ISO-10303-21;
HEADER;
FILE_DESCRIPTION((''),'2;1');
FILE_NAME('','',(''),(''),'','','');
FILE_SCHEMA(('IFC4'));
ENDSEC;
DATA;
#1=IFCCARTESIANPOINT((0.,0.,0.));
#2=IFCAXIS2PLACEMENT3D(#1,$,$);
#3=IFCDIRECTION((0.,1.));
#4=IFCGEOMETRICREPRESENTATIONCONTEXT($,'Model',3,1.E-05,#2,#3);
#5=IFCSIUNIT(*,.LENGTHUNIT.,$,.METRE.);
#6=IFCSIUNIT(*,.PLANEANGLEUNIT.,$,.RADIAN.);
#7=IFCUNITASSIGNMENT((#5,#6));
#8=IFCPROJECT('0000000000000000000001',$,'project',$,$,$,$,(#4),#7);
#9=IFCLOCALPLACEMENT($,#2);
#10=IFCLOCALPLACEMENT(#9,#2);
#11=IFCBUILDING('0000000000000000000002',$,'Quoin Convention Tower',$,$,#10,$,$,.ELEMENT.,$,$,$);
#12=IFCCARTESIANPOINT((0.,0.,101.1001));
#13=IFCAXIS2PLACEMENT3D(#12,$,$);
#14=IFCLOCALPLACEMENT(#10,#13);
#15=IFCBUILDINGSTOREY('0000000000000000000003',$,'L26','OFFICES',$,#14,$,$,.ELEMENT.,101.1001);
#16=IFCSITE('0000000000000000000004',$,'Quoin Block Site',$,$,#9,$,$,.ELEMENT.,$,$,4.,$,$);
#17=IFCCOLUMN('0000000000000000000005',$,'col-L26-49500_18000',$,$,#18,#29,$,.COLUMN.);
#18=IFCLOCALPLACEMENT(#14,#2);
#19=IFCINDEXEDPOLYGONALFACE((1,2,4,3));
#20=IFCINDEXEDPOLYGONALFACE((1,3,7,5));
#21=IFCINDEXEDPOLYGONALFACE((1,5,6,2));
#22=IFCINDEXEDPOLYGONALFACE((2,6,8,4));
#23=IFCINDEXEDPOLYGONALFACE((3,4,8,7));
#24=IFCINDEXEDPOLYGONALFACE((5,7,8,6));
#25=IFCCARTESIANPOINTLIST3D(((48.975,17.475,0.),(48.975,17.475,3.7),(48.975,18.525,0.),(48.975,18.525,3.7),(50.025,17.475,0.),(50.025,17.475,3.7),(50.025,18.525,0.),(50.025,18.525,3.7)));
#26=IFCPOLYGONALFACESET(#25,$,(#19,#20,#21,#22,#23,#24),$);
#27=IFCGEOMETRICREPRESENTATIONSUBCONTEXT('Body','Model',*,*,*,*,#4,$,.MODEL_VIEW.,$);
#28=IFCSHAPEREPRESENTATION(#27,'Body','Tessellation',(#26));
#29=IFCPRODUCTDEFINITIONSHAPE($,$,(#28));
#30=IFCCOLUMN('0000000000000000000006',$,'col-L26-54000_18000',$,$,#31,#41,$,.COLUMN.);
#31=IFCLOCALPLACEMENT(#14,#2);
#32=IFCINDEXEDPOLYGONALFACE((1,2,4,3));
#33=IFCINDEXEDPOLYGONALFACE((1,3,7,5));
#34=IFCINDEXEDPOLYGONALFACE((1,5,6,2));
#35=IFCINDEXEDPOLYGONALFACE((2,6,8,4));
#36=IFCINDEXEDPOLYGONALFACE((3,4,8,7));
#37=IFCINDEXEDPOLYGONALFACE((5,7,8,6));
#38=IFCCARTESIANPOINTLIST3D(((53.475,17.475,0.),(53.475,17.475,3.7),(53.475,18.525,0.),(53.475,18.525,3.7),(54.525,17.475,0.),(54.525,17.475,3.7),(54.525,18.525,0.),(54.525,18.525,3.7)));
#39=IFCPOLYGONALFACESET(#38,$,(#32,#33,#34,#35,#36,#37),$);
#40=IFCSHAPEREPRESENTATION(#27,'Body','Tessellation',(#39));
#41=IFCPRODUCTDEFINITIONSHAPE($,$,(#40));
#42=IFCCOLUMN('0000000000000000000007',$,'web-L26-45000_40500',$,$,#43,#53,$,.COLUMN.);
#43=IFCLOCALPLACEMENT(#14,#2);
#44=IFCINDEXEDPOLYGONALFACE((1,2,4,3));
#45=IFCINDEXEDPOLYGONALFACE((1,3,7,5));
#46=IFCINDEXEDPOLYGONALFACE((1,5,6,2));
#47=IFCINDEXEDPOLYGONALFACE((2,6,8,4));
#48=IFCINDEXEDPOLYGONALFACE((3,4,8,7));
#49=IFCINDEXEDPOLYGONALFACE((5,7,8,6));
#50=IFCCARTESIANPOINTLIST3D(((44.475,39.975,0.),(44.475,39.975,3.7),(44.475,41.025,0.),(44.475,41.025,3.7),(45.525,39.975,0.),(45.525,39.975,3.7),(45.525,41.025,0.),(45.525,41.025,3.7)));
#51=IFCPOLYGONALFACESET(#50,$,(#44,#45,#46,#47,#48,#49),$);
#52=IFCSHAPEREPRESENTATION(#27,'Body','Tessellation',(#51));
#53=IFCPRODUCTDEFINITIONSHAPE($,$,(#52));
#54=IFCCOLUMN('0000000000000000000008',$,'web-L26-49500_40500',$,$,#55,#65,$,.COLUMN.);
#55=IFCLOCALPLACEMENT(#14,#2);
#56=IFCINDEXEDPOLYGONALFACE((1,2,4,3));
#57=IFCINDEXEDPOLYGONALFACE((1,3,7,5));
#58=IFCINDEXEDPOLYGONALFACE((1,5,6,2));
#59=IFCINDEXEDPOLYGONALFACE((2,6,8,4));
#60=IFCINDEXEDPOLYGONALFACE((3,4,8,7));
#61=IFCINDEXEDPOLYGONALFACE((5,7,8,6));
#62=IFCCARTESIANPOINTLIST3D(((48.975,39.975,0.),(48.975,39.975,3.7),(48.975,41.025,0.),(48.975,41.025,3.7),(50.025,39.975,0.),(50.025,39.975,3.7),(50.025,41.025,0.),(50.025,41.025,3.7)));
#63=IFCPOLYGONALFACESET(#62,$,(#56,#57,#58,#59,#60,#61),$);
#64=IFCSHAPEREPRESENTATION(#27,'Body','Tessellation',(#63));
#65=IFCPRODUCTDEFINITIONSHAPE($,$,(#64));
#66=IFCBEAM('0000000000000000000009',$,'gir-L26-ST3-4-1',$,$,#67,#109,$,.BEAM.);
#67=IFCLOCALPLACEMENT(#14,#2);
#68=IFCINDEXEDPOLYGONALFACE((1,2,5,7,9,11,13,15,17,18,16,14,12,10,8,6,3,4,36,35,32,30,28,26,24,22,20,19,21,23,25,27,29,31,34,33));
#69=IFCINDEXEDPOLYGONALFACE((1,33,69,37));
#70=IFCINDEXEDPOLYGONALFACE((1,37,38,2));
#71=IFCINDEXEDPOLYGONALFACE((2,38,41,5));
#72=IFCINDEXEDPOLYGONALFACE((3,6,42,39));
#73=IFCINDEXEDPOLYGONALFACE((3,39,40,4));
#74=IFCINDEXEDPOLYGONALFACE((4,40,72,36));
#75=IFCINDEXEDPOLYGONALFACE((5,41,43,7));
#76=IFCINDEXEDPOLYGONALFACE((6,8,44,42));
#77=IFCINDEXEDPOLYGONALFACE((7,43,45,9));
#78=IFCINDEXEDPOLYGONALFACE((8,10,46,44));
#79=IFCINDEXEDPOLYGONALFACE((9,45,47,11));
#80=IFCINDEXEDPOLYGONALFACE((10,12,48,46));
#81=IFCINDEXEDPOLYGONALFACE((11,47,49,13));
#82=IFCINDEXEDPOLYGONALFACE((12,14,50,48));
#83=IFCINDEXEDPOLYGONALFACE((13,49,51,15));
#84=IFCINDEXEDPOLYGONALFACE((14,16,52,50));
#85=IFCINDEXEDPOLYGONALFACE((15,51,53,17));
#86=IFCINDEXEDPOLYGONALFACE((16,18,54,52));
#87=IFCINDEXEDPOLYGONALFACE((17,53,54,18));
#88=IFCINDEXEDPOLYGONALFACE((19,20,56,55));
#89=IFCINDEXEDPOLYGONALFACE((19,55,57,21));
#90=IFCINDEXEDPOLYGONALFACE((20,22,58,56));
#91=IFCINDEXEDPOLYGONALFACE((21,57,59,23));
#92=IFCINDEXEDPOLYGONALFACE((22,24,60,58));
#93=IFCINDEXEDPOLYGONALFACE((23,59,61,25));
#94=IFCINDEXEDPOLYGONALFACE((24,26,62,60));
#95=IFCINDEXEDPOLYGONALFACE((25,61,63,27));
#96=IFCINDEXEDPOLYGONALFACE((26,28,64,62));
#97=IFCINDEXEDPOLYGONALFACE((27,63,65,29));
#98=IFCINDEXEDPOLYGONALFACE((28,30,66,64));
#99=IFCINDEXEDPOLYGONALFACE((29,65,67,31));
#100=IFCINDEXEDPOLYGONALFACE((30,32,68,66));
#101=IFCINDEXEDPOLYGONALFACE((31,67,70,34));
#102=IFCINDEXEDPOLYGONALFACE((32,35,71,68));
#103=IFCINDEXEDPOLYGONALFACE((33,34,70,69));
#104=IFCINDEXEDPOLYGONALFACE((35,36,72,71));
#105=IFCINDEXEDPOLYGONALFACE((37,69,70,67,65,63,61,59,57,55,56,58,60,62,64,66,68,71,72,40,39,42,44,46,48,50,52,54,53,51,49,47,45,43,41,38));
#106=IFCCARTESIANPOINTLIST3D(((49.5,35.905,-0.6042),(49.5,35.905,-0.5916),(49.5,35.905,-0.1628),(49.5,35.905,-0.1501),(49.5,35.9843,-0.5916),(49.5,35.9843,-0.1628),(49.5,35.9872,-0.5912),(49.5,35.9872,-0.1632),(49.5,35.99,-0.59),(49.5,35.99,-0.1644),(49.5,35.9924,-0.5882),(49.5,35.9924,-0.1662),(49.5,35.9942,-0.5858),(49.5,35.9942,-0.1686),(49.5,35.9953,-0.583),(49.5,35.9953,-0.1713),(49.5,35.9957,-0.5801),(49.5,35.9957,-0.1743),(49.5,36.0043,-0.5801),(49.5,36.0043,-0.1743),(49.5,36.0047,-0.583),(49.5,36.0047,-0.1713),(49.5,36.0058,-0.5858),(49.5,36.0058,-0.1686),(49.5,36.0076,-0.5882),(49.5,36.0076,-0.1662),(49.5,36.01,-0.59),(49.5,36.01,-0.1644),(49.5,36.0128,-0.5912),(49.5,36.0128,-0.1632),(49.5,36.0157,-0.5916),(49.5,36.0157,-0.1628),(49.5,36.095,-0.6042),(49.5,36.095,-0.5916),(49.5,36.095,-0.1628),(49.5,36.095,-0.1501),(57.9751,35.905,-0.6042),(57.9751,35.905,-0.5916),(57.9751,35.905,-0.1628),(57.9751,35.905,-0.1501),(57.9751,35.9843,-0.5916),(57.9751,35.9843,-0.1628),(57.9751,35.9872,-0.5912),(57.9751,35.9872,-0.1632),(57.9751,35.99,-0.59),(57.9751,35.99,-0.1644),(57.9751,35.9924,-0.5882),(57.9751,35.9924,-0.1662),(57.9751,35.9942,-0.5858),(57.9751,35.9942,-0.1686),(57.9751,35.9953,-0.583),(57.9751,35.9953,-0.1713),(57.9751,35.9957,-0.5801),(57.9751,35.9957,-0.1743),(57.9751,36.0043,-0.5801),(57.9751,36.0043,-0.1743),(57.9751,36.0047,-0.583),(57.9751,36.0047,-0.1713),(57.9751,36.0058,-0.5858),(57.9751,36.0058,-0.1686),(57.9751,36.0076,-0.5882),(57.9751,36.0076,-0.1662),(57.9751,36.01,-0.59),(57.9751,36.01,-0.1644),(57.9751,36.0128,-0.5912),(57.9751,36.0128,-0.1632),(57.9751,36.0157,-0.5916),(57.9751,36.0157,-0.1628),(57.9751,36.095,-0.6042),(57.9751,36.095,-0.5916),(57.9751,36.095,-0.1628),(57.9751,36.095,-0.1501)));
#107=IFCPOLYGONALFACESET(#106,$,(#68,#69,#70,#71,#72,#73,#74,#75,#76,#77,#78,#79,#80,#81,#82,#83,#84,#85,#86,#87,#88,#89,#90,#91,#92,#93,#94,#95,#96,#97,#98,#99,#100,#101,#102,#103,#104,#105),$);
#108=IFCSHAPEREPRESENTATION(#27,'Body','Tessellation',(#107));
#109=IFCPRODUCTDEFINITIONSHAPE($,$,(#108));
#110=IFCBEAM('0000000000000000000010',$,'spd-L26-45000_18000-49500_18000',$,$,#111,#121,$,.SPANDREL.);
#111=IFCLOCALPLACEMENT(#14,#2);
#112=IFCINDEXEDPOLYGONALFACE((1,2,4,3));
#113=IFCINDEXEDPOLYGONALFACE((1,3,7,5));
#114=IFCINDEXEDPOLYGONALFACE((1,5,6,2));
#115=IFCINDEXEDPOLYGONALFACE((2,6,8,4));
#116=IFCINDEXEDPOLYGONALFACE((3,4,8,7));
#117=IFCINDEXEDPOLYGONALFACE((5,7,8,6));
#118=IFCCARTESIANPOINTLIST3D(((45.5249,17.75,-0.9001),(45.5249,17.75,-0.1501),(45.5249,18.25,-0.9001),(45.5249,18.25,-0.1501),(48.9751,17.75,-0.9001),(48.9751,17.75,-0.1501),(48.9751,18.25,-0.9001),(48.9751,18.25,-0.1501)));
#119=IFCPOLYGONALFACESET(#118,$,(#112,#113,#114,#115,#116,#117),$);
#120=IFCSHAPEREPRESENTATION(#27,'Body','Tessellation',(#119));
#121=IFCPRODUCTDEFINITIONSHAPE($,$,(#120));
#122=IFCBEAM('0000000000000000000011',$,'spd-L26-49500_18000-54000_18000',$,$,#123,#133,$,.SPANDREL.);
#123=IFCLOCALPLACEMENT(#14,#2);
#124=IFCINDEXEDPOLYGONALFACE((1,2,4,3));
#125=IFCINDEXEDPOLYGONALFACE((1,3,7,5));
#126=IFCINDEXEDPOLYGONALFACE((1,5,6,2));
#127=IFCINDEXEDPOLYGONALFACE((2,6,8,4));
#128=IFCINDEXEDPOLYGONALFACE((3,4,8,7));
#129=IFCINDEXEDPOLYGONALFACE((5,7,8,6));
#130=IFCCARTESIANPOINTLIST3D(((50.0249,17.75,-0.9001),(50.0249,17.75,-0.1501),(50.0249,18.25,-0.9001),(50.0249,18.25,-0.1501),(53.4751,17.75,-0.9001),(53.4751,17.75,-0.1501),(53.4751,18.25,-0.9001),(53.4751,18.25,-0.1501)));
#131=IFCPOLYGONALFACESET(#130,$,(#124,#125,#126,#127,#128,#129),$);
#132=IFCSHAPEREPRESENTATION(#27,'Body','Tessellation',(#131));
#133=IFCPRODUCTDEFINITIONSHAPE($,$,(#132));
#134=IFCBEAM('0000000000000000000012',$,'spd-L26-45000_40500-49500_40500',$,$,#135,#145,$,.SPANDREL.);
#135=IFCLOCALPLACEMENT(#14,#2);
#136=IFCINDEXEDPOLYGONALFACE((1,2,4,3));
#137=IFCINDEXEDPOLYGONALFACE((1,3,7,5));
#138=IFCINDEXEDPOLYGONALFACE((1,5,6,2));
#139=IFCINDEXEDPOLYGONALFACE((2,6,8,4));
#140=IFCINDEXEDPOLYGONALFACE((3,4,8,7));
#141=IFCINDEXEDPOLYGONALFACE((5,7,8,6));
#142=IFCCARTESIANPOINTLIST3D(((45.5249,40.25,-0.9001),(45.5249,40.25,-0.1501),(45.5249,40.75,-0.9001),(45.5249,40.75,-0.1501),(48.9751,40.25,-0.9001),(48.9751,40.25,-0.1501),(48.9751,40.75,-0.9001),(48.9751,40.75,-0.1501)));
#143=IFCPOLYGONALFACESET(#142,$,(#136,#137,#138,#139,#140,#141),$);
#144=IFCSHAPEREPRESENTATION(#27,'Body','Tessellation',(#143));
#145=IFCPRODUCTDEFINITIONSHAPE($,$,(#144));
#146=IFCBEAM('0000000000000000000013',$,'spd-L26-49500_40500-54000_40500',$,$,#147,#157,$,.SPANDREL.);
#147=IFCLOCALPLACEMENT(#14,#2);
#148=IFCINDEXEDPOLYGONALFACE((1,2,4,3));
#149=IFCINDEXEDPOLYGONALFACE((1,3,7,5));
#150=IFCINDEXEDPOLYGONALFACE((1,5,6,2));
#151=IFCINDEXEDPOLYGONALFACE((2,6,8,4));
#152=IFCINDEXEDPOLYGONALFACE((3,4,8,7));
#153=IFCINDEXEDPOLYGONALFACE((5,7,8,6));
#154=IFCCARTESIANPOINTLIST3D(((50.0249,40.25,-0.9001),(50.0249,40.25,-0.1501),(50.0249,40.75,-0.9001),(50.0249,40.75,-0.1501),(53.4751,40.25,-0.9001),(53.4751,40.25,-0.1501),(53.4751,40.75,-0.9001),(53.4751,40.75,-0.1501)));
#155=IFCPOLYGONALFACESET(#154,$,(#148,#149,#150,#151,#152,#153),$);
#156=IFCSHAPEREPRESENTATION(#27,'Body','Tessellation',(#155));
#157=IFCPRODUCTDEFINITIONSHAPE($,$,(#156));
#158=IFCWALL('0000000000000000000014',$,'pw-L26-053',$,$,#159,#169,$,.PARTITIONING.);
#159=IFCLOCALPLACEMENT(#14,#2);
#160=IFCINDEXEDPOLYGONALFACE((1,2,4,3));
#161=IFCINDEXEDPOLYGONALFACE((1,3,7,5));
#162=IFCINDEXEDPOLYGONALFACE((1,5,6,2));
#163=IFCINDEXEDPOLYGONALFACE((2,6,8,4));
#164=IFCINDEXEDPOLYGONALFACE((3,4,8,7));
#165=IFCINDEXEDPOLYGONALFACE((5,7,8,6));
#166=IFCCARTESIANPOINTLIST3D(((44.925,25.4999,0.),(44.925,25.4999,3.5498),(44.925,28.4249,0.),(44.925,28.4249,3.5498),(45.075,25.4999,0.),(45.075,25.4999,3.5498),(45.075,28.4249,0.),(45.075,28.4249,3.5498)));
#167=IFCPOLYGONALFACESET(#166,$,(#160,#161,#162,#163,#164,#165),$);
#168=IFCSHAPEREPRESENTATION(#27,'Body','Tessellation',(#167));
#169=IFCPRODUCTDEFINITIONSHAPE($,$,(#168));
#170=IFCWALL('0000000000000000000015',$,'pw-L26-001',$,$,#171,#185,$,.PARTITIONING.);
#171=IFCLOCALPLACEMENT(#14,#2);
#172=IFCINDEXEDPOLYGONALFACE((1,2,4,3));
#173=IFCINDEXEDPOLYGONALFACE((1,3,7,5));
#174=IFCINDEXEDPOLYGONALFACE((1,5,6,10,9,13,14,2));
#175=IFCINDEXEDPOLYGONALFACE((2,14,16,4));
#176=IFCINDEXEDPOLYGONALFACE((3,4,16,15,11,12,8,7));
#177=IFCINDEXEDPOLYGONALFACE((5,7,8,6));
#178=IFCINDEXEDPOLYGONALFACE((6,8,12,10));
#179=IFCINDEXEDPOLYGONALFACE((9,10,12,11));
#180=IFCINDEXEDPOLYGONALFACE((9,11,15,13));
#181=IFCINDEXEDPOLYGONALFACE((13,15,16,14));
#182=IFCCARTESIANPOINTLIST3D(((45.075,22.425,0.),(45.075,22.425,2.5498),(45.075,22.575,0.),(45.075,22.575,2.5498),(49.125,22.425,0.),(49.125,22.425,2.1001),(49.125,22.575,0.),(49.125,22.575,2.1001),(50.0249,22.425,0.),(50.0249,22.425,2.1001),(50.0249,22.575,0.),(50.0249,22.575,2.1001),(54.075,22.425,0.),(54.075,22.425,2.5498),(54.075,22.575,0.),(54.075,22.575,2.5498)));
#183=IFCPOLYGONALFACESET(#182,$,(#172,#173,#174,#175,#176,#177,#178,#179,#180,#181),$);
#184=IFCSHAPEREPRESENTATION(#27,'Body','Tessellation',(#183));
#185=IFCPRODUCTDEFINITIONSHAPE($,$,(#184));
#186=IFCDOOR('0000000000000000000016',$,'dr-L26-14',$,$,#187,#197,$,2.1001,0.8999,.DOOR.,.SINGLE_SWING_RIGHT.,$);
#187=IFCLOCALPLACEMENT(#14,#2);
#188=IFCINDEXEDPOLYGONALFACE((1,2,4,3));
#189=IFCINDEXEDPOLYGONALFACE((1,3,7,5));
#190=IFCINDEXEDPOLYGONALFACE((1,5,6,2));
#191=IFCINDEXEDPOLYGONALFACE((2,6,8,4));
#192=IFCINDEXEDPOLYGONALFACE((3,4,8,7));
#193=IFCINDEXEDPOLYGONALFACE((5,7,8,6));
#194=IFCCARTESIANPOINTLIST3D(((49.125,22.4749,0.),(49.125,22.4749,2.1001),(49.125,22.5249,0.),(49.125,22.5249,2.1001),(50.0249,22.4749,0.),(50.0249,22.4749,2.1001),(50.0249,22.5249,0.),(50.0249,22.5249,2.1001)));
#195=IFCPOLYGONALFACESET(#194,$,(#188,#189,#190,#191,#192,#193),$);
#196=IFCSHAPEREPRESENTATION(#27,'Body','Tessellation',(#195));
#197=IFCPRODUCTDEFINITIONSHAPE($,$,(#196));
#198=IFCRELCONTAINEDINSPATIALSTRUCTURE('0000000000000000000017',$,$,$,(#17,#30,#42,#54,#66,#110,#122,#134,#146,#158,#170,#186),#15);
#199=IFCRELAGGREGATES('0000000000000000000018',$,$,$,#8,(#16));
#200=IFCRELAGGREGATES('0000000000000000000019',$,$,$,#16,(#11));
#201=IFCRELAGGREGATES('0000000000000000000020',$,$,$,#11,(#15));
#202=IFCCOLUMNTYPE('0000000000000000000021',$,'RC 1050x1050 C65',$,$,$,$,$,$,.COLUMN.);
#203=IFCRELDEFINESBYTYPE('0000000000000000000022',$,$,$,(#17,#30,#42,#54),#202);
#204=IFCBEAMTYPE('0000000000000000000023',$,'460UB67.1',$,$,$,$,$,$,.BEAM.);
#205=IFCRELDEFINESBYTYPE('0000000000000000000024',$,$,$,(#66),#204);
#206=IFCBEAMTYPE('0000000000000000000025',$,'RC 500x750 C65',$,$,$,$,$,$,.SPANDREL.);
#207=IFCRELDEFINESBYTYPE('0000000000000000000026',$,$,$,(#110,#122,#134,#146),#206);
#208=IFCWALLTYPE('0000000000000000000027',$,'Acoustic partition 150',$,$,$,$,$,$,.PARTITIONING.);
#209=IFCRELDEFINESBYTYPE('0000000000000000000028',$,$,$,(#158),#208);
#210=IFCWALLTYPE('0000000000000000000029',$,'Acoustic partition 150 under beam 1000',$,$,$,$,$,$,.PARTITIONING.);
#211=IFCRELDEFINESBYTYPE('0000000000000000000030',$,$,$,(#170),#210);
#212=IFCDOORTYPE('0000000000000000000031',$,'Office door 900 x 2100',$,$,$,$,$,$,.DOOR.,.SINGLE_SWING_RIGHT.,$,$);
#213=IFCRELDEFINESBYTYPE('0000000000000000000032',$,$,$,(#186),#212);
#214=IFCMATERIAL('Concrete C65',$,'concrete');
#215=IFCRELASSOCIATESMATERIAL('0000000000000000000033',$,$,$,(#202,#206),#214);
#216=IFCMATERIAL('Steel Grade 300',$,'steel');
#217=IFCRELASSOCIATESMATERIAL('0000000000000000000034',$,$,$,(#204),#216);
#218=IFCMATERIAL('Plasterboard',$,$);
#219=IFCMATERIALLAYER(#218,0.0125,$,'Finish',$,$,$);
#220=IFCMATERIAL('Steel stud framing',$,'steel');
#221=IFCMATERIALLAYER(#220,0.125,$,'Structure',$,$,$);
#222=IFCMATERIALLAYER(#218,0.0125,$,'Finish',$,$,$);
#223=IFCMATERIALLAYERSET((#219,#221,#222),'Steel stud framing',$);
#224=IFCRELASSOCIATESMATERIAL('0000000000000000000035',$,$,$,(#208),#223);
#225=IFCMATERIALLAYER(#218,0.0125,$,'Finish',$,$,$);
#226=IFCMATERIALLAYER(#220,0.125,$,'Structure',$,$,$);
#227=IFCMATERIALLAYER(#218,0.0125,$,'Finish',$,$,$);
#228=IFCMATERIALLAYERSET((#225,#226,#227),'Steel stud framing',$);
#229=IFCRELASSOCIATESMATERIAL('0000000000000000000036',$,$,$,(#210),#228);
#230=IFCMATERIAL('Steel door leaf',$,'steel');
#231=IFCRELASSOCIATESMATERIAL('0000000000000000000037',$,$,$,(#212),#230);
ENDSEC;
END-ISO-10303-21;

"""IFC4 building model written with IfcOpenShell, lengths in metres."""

from ifc_helpers import new_model, si_unit, direction, frame, frame_2d, origin, origin_2d, place, context, subcontext, project, spatial, rectangle, i_section, extrude, material, layer, layer_set, material_profile, profile_set, type_object, element, fill, save


model = new_model("IFC4")

# Units and contexts
model_context = context("Model", 3, precision=1e-05, world=origin(), true_north=direction((0.0, 1.0)))
body_context = subcontext(model_context, "Body", "Model", "MODEL_VIEW")
ifc_project = project(units=[si_unit("LENGTHUNIT", "METRE"), si_unit("PLANEANGLEUNIT", "RADIAN")], contexts=[model_context])

# Site, building, storey
site_placement = place(None, origin())
site = spatial("IfcSite", under=ifc_project, at=site_placement, Name="Quoin Block Site", CompositionType="ELEMENT", RefElevation=4.0)
building_placement = place(site_placement, origin())
building = spatial("IfcBuilding", under=site, at=building_placement, Name="Quoin Convention Tower", CompositionType="ELEMENT")
storey_placement = place(building_placement, frame((0.0, 0.0, 101.1001)))
storey = spatial("IfcBuildingStorey", under=building, at=storey_placement, Name="L26", Description="OFFICES", CompositionType="ELEMENT", Elevation=101.1001)

# Columns
ifc_material_1 = material(Name="Concrete C65", Category="concrete")
ifc_material_profile_1 = material_profile(ifc_material_1, rectangle(XDim=1.05, YDim=1.05, at=origin_2d()), Name="RC 1050x1050")
ifc_profile_set_1 = profile_set([ifc_material_profile_1], Name="Concrete C65")
column_type = type_object("IfcColumnType", Name="RC 1050x1050 C65", PredefinedType="COLUMN", material=ifc_profile_set_1)
for number, where, z_axis, x_axis, name in (
    (1, (49.5, 18.0, 0.0), (0.0, 0.0, 1.0), (1.0, 0.0, 0.0), "col-L26-49500_18000"),
    (2, (54.0, 18.0, 0.0), (0.0, 0.0, 1.0), (1.0, 0.0, 0.0), "col-L26-54000_18000"),
    (3, (45.0, 40.5, 0.0), (0.0, 0.0, 1.0), (1.0, 0.0, 0.0), "web-L26-45000_40500"),
    (4, (49.5, 40.5, 0.0), (0.0, 0.0, 1.0), (1.0, 0.0, 0.0), "web-L26-49500_40500"),
):
    element("IfcColumn", number, at=place(storey_placement, frame(where, z_axis=z_axis, x_axis=x_axis)), inside=storey, type_object=column_type, Name=name, PredefinedType="COLUMN", context=body_context, shape_type="SweptSolid", body=[
        extrude(rectangle(XDim=1.05, YDim=1.05, at=origin_2d()), origin(), (0.0, 0.0, 1.0), 3.7),
    ])

# Beams
ifc_material_2 = material(Name="Steel Grade 300", Category="steel")
ifc_material_profile_2 = material_profile(ifc_material_2, i_section(OverallWidth=0.1899, OverallDepth=0.4541, WebThickness=0.0085, FlangeThickness=0.0127, FilletRadius=0.0115, at=origin_2d()), Name="460UB67.1")
ifc_profile_set_2 = profile_set([ifc_material_profile_2], Name="Steel Grade 300")
beam_type_1 = type_object("IfcBeamType", Name="460UB67.1", PredefinedType="BEAM", material=ifc_profile_set_2)
beam_placement = place(storey_placement, frame((49.5, 36.0, -0.3772), z_axis=(1.0, 0.0, 0.0), x_axis=(0.0, 1.0, 0.0)))
element("IfcBeam", 5, at=beam_placement, inside=storey, type_object=beam_type_1, Name="gir-L26-ST3-4-1", PredefinedType="BEAM", context=body_context, shape_type="SweptSolid", body=[
    extrude(i_section(OverallWidth=0.1899, OverallDepth=0.4541, WebThickness=0.0085, FlangeThickness=0.0127, FilletRadius=0.0115, at=origin_2d()), origin(), (0.0, 0.0, 1.0), 8.4751),
])
ifc_material_profile_3 = material_profile(ifc_material_1, rectangle(XDim=0.5, YDim=0.75, at=origin_2d()), Name="RC 500x750")
ifc_profile_set_3 = profile_set([ifc_material_profile_3], Name="Concrete C65")
beam_type_2 = type_object("IfcBeamType", Name="RC 500x750 C65", PredefinedType="SPANDREL", material=ifc_profile_set_3)
for number, where, z_axis, x_axis, name in (
    (6, (45.5249, 18.0, -0.5251), (1.0, 0.0, 0.0), (0.0, 1.0, 0.0), "spd-L26-45000_18000-49500_18000"),
    (7, (50.0249, 18.0, -0.5251), (1.0, 0.0, 0.0), (0.0, 1.0, 0.0), "spd-L26-49500_18000-54000_18000"),
    (8, (45.5249, 40.5, -0.5251), (1.0, 0.0, 0.0), (0.0, 1.0, 0.0), "spd-L26-45000_40500-49500_40500"),
    (9, (50.0249, 40.5, -0.5251), (1.0, 0.0, 0.0), (0.0, 1.0, 0.0), "spd-L26-49500_40500-54000_40500"),
):
    element("IfcBeam", number, at=place(storey_placement, frame(where, z_axis=z_axis, x_axis=x_axis)), inside=storey, type_object=beam_type_2, Name=name, PredefinedType="SPANDREL", context=body_context, shape_type="SweptSolid", body=[
        extrude(rectangle(XDim=0.5, YDim=0.75, at=origin_2d()), origin(), (0.0, 0.0, 1.0), 3.4502),
    ])

# Wall
ifc_material_3 = material(Name="Plasterboard")
ifc_layer_1 = layer(ifc_material_3, 0.0125, Name="Finish")
ifc_material_4 = material(Name="Steel stud framing", Category="steel")
ifc_layer_2 = layer(ifc_material_4, 0.125, Name="Structure")
ifc_layer_3 = layer(ifc_material_3, 0.0125, Name="Finish")
ifc_layer_set_1 = layer_set([ifc_layer_1, ifc_layer_2, ifc_layer_3], Name="Steel stud framing")
wall_type_1 = type_object("IfcWallType", Name="Acoustic partition 150", PredefinedType="PARTITIONING", material=ifc_layer_set_1)
wall_1_placement = place(storey_placement, frame((45.0, 25.5, 0.0), z_axis=(0.0, 0.0, 1.0), x_axis=(0.0, 1.0, 0.0)))
element("IfcWall", 10, at=wall_1_placement, inside=storey, type_object=wall_type_1, Name="pw-L26-053", PredefinedType="PARTITIONING", context=body_context, shape_type="SweptSolid", body=[
    extrude(rectangle(XDim=2.925, YDim=0.1499, at=frame_2d((1.4624, 0.0))), origin(), (0.0, 0.0, 1.0), 3.5498),
])

# Wall, opening, door
ifc_layer_4 = layer(ifc_material_3, 0.0125, Name="Finish")
ifc_layer_5 = layer(ifc_material_4, 0.125, Name="Structure")
ifc_layer_6 = layer(ifc_material_3, 0.0125, Name="Finish")
ifc_layer_set_2 = layer_set([ifc_layer_4, ifc_layer_5, ifc_layer_6], Name="Steel stud framing")
wall_type_2 = type_object("IfcWallType", Name="Acoustic partition 150 under beam 1000", PredefinedType="PARTITIONING", material=ifc_layer_set_2)
wall_2_placement = place(storey_placement, frame((45.075, 22.5, 0.0), z_axis=(0.0, 0.0, 1.0), x_axis=(1.0, 0.0, 0.0)))
wall_2 = element("IfcWall", 11, at=wall_2_placement, inside=storey, type_object=wall_type_2, Name="pw-L26-001", PredefinedType="PARTITIONING", context=body_context, shape_type="SweptSolid", body=[
    extrude(rectangle(XDim=9.0, YDim=0.1499, at=frame_2d((4.5, 0.0))), origin(), (0.0, 0.0, 1.0), 2.5498),
])
opening_1_placement = place(wall_2_placement, frame((4.05, 0.0, 0.0)))
opening_1 = element("IfcOpeningElement", 12, at=opening_1_placement, cuts=wall_2, PredefinedType="OPENING", context=body_context, shape_type="SweptSolid", body=[
    extrude(rectangle(XDim=0.8999, YDim=2.1001, at=frame_2d((0.45, 1.05))), frame((0.0, 0.085, 0.0), z_axis=(0.0, -1.0, 0.0), x_axis=(1.0, 0.0, 0.0)), (0.0, 0.0, 1.0), 0.1699),
])
ifc_material_5 = material(Name="Steel door leaf", Category="steel")
door_type_1 = type_object("IfcDoorType", Name="Office door 900 x 2100", OperationType="SINGLE_SWING_RIGHT", PredefinedType="DOOR", material=ifc_material_5)
door_1_placement = place(opening_1_placement, origin())
door_1 = element("IfcDoor", 13, at=door_1_placement, inside=storey, type_object=door_type_1, Name="dr-L26-14", OperationType="SINGLE_SWING_RIGHT", OverallHeight=2.1001, OverallWidth=0.8999, PredefinedType="DOOR", context=body_context, shape_type="SweptSolid", body=[
    extrude(rectangle(XDim=0.8999, YDim=2.1001, at=frame_2d((0.45, 1.05))), frame((0.0, 0.0249, 0.0), z_axis=(0.0, -1.0, 0.0), x_axis=(1.0, 0.0, 0.0)), (0.0, 0.0, 1.0), 0.05),
])
fill(opening_1, door_1)

save(model, "model.ifc")
